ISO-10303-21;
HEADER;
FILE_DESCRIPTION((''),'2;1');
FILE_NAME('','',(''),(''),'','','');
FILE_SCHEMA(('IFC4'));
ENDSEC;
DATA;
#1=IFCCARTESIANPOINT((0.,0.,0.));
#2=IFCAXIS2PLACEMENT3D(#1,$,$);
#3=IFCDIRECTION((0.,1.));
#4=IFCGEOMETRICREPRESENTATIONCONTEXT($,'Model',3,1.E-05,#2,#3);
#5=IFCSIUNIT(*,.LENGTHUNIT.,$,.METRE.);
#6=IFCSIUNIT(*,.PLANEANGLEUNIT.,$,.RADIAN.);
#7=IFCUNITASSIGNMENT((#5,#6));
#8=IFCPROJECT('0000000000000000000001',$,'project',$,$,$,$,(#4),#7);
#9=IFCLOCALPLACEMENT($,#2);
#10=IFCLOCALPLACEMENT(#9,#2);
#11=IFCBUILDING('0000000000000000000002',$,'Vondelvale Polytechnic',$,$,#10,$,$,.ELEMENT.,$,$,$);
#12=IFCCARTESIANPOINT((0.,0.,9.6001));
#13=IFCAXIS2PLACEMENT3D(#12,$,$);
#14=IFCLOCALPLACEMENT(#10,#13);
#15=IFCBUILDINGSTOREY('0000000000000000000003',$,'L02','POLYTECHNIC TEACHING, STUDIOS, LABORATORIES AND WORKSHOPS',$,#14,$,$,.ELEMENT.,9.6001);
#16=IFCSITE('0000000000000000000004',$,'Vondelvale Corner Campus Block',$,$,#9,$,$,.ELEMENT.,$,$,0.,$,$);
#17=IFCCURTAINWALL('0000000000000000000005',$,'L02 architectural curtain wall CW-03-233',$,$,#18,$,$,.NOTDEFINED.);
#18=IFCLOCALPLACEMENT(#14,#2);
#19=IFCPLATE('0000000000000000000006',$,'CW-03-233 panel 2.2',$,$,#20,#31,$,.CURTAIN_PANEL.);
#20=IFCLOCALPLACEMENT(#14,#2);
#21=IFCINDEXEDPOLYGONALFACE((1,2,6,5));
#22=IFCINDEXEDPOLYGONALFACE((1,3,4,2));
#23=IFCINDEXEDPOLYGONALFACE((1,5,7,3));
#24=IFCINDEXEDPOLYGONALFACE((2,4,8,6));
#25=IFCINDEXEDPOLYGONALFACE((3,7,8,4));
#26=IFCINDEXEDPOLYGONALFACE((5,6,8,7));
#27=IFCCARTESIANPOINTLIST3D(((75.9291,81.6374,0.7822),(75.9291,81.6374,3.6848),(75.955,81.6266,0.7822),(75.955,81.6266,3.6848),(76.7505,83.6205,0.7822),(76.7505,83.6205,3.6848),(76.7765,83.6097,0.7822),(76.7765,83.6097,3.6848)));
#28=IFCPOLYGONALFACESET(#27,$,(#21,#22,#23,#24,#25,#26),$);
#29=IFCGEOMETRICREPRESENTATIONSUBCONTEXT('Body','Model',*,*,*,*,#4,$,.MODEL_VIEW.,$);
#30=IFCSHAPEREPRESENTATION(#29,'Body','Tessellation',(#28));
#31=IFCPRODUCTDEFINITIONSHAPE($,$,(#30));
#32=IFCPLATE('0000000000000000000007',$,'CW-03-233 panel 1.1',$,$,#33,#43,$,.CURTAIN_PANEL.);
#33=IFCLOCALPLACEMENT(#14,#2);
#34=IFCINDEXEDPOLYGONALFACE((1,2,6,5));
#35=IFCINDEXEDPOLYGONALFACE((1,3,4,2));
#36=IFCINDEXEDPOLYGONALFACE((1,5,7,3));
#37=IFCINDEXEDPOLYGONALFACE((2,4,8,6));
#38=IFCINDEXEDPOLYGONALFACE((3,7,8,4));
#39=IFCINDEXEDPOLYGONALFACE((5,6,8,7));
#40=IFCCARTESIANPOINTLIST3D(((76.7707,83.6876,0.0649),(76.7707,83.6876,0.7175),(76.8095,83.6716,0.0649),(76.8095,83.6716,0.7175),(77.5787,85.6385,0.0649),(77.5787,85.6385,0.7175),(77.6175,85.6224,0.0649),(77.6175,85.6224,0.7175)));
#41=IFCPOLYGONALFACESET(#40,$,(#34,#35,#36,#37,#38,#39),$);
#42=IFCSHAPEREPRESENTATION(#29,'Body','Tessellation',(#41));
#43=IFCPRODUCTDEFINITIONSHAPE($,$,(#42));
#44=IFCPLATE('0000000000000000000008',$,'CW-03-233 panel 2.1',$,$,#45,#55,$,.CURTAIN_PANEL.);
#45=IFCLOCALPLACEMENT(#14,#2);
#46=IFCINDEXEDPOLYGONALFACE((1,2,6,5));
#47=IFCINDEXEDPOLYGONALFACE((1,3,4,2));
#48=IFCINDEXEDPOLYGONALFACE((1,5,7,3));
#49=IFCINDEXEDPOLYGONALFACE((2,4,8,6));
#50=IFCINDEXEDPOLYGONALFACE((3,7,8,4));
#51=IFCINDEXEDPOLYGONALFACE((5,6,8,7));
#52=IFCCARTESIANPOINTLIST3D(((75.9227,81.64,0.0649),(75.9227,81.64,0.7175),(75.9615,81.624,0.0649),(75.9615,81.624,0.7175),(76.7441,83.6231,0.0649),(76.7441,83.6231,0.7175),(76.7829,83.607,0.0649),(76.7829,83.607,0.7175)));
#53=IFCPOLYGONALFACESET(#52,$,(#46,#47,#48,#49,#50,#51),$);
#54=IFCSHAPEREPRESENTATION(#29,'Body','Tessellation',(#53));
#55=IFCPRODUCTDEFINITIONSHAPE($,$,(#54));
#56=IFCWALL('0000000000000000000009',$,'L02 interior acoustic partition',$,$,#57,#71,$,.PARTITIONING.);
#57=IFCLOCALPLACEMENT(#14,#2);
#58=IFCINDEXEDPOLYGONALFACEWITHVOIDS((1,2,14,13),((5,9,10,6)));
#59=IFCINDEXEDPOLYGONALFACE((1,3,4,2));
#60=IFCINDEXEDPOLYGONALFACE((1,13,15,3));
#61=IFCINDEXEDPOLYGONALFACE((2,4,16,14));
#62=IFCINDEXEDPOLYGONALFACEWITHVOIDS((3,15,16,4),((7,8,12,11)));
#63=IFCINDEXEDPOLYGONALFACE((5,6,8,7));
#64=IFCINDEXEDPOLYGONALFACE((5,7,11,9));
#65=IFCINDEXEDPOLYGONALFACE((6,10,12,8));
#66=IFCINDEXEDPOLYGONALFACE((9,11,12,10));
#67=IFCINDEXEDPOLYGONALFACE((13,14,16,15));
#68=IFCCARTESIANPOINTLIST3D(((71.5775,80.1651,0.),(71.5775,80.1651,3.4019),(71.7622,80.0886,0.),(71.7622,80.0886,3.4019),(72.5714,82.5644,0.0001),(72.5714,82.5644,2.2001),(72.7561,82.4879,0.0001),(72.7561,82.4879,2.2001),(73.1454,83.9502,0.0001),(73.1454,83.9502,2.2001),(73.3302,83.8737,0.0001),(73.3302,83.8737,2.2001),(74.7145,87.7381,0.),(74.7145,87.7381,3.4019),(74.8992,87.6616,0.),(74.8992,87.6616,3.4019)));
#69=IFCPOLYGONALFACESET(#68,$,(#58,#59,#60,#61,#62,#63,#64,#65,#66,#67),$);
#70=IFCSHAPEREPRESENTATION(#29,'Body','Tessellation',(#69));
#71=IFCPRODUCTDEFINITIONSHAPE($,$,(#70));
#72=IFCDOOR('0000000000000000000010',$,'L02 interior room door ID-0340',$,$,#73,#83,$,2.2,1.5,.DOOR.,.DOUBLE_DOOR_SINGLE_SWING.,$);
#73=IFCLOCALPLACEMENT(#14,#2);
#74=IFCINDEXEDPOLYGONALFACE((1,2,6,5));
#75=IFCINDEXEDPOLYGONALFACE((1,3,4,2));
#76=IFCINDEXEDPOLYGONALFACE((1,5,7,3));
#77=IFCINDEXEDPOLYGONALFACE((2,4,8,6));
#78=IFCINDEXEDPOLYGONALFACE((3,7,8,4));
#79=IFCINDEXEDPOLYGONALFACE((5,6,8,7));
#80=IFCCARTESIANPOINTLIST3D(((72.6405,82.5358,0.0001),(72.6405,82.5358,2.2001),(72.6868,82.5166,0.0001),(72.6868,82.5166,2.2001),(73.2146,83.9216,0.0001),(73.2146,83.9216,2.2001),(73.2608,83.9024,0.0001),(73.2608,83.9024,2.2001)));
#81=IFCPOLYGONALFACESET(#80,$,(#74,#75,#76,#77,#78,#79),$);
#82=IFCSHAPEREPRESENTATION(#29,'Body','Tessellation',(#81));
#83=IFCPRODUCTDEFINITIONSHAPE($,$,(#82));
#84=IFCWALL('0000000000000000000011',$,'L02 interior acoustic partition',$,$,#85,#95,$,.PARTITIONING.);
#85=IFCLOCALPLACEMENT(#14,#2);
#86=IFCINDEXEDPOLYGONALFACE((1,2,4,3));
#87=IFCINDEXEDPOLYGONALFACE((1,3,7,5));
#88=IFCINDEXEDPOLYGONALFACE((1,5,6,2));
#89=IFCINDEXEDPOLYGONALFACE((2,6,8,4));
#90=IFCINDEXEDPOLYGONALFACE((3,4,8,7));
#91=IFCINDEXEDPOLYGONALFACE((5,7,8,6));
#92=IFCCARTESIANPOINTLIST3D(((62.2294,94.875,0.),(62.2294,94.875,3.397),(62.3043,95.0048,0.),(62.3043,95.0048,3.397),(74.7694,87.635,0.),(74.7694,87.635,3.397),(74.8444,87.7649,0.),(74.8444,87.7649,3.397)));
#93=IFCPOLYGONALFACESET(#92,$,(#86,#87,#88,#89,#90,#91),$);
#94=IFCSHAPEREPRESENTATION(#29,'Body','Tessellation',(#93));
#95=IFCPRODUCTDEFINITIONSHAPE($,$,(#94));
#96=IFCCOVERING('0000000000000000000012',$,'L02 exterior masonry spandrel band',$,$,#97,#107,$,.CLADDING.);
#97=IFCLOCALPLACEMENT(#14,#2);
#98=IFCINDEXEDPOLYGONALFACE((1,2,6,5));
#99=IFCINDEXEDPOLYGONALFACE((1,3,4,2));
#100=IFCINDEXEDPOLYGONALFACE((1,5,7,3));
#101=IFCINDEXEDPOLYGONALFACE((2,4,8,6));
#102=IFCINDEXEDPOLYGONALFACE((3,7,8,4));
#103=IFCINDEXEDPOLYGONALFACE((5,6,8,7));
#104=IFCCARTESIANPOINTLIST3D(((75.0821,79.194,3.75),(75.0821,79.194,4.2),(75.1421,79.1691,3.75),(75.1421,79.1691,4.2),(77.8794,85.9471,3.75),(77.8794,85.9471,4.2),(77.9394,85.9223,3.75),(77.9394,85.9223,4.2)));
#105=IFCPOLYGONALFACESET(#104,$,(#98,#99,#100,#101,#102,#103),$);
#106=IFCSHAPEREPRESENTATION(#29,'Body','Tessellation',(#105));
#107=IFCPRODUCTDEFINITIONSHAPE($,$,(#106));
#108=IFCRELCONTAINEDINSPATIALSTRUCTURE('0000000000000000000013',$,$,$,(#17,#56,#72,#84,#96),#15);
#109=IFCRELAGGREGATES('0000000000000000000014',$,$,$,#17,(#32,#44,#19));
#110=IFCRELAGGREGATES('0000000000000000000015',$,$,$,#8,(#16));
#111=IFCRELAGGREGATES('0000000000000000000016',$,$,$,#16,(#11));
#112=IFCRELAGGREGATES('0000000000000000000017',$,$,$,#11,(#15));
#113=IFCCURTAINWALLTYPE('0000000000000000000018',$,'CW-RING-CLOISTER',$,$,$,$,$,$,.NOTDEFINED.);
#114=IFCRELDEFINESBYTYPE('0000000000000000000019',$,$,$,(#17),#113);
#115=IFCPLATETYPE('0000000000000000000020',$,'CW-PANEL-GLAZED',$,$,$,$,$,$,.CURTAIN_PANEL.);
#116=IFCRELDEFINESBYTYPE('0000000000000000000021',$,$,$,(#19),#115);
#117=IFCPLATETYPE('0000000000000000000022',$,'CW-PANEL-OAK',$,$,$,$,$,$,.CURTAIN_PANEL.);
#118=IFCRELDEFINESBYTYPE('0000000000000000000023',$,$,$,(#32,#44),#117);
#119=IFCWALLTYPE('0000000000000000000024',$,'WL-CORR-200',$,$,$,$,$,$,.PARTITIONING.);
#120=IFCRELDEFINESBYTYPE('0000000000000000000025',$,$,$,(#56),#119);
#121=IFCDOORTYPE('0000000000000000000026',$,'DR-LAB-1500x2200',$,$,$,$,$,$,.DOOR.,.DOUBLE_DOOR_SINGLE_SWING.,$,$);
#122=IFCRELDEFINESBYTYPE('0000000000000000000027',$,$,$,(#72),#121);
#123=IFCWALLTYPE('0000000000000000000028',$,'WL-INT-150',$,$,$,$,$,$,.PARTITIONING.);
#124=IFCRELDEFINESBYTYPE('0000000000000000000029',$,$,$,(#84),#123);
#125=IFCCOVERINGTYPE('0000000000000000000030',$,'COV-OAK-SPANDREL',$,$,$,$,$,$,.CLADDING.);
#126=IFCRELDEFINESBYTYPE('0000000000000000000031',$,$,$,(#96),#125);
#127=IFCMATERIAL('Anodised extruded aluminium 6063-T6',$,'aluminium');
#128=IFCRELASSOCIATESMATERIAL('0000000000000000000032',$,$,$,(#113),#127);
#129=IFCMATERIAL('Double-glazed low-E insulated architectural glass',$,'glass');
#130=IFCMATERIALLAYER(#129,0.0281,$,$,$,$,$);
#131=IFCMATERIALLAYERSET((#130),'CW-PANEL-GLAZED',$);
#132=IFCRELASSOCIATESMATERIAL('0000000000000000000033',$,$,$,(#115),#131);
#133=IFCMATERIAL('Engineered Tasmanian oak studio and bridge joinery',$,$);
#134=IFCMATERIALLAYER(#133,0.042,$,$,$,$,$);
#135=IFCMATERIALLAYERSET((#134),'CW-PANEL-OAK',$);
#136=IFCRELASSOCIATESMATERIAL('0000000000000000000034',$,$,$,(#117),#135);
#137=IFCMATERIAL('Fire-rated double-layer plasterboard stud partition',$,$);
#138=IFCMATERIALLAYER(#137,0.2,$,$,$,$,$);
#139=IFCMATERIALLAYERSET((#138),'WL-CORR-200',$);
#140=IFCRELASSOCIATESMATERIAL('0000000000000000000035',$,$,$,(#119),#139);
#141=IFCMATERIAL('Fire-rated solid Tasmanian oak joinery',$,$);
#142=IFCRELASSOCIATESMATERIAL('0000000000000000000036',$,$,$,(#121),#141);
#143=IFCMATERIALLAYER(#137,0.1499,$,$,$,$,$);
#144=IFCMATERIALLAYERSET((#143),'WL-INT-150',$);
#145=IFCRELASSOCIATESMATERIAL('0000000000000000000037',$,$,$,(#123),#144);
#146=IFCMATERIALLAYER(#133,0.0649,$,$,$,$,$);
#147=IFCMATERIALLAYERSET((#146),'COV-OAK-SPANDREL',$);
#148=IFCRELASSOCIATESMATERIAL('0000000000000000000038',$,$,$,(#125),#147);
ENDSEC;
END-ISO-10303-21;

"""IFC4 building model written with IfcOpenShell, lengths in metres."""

from ifc_helpers import new_model, si_unit, direction, frame, frame_2d, origin, origin_2d, place, context, subcontext, project, spatial, rectangle, extrude, material, layer, layer_set, type_object, element, fill, aggregate, save


model = new_model("IFC4")

# Units and contexts
model_context = context("Model", 3, precision=1e-05, world=origin(), true_north=direction((0.0, 1.0)))
body_context = subcontext(model_context, "Body", "Model", "MODEL_VIEW")
ifc_project = project(units=[si_unit("LENGTHUNIT", "METRE"), si_unit("PLANEANGLEUNIT", "RADIAN")], contexts=[model_context])

# Site, building, storey
site_placement = place(None, origin())
site = spatial("IfcSite", under=ifc_project, at=site_placement, Name="Vondelvale Corner Campus Block", CompositionType="ELEMENT", RefElevation=0.0)
building_placement = place(site_placement, origin())
building = spatial("IfcBuilding", under=site, at=building_placement, Name="Vondelvale Polytechnic", CompositionType="ELEMENT")
storey_placement = place(building_placement, frame((0.0, 0.0, 9.6001)))
storey = spatial("IfcBuildingStorey", under=building, at=storey_placement, Name="L02", Description="POLYTECHNIC TEACHING, STUDIOS, LABORATORIES AND WORKSHOPS", CompositionType="ELEMENT", Elevation=9.6001)

# Curtain wall
ifc_material_1 = material(Name="Anodised extruded aluminium 6063-T6", Category="aluminium")
curtain_wall_type_1 = type_object("IfcCurtainWallType", Name="CW-RING-CLOISTER", PredefinedType="NOTDEFINED", material=ifc_material_1)
curtain_wall_1_placement = place(storey_placement, origin())
curtain_wall_1 = element("IfcCurtainWall", 1, at=curtain_wall_1_placement, inside=storey, type_object=curtain_wall_type_1, Name="L02 architectural curtain wall CW-03-233", PredefinedType="NOTDEFINED")

# Plates
ifc_material_2 = material(Name="Double-glazed low-E insulated architectural glass", Category="glass")
ifc_layer_1 = layer(ifc_material_2, 0.0281)
ifc_layer_set_1 = layer_set([ifc_layer_1], Name="CW-PANEL-GLAZED")
plate_type_1 = type_object("IfcPlateType", Name="CW-PANEL-GLAZED", PredefinedType="CURTAIN_PANEL", material=ifc_layer_set_1)
plate_1_placement = place(storey_placement, frame((76.3528, 82.6235, 0.7822), z_axis=(0.0, 0.0, 1.0), x_axis=(-0.382679, -0.923882, 0.0)))
plate_1 = element("IfcPlate", 2, at=plate_1_placement, type_object=plate_type_1, Name="CW-03-233 panel 2.2", PredefinedType="CURTAIN_PANEL", context=body_context, shape_type="SweptSolid", body=[
    extrude(rectangle(XDim=2.1465, YDim=0.0281, at=origin_2d()), origin(), (0.0, 0.0, 1.0), 2.9026),
])
ifc_material_3 = material(Name="Engineered Tasmanian oak studio and bridge joinery")
ifc_layer_2 = layer(ifc_material_3, 0.042)
ifc_layer_set_2 = layer_set([ifc_layer_2], Name="CW-PANEL-OAK")
plate_type_2 = type_object("IfcPlateType", Name="CW-PANEL-OAK", PredefinedType="CURTAIN_PANEL", material=ifc_layer_set_2)
plate_2_placement = place(storey_placement, frame((77.1941, 84.655, 0.0649), z_axis=(0.0, 0.0, 1.0), x_axis=(-0.382679, -0.923882, 0.0)))
plate_2 = element("IfcPlate", 3, at=plate_2_placement, type_object=plate_type_2, Name="CW-03-233 panel 1.1", PredefinedType="CURTAIN_PANEL", context=body_context, shape_type="SweptSolid", body=[
    extrude(rectangle(XDim=2.1116, YDim=0.042, at=origin_2d()), origin(), (0.0, 0.0, 1.0), 0.6526),
])
plate_3_placement = place(storey_placement, frame((76.3528, 82.6235, 0.0649), z_axis=(0.0, 0.0, 1.0), x_axis=(-0.382679, -0.923882, 0.0)))
plate_3 = element("IfcPlate", 4, at=plate_3_placement, type_object=plate_type_2, Name="CW-03-233 panel 2.1", PredefinedType="CURTAIN_PANEL", context=body_context, shape_type="SweptSolid", body=[
    extrude(rectangle(XDim=2.1465, YDim=0.042, at=origin_2d()), origin(), (0.0, 0.0, 1.0), 0.6526),
])
aggregate(curtain_wall_1, [plate_2, plate_3, plate_1])

# Wall, opening, door
ifc_material_4 = material(Name="Fire-rated double-layer plasterboard stud partition")
ifc_layer_3 = layer(ifc_material_4, 0.2)
ifc_layer_set_3 = layer_set([ifc_layer_3], Name="WL-CORR-200")
wall_type_1 = type_object("IfcWallType", Name="WL-CORR-200", PredefinedType="PARTITIONING", material=ifc_layer_set_3)
wall_1_placement = place(storey_placement, frame((74.8069, 87.7, 0.0), z_axis=(0.0, 0.0, 1.0), x_axis=(-0.382696, -0.923874, 0.0)))
wall_1 = element("IfcWall", 5, at=wall_1_placement, inside=storey, type_object=wall_type_1, Name="L02 interior acoustic partition", PredefinedType="PARTITIONING", context=body_context, shape_type="SweptSolid", body=[
    extrude(rectangle(XDim=8.197, YDim=0.2, at=frame_2d((4.0986, 0.0))), origin(), (0.0, 0.0, 1.0), 3.4019),
])
opening_placement = place(wall_1_placement, frame((4.1001, 0.0, 0.0)))
opening = element("IfcOpeningElement", 6, at=opening_placement, cuts=wall_1, PredefinedType="OPENING", context=body_context, shape_type="SweptSolid", body=[
    extrude(rectangle(XDim=1.5, YDim=2.2, at=frame_2d((0.75, 1.1001))), frame((0.0, 0.1099, 0.0), z_axis=(0.0, -1.0, 0.0), x_axis=(1.0, 0.0, 0.0)), (0.0, 0.0, 1.0), 0.22),
])
ifc_material_5 = material(Name="Fire-rated solid Tasmanian oak joinery")
door_type = type_object("IfcDoorType", Name="DR-LAB-1500x2200", OperationType="DOUBLE_DOOR_SINGLE_SWING", PredefinedType="DOOR", material=ifc_material_5)
door_placement = place(opening_placement, origin())
door = element("IfcDoor", 7, at=door_placement, inside=storey, type_object=door_type, Name="L02 interior room door ID-0340", OperationType="DOUBLE_DOOR_SINGLE_SWING", OverallHeight=2.2, OverallWidth=1.5, PredefinedType="DOOR", context=body_context, shape_type="SweptSolid", body=[
    extrude(rectangle(XDim=1.5, YDim=2.2, at=frame_2d((0.75, 1.1001))), frame((0.0, 0.0249, 0.0), z_axis=(0.0, -1.0, 0.0), x_axis=(1.0, 0.0, 0.0)), (0.0, 0.0, 1.0), 0.05),
])
fill(opening, door)

# Wall
ifc_layer_4 = layer(ifc_material_4, 0.1499)
ifc_layer_set_4 = layer_set([ifc_layer_4], Name="WL-INT-150")
wall_type_2 = type_object("IfcWallType", Name="WL-INT-150", PredefinedType="PARTITIONING", material=ifc_layer_set_4)
wall_2_placement = place(storey_placement, frame((74.8069, 87.7, 0.0), z_axis=(0.0, 0.0, 1.0), x_axis=(-0.866026, 0.5, 0.0)))
element("IfcWall", 8, at=wall_2_placement, inside=storey, type_object=wall_type_2, Name="L02 interior acoustic partition", PredefinedType="PARTITIONING", context=body_context, shape_type="SweptSolid", body=[
    extrude(rectangle(XDim=14.48, YDim=0.1499, at=frame_2d((7.24, 0.0))), origin(), (0.0, 0.0, 1.0), 3.397),
])

# Covering
ifc_layer_5 = layer(ifc_material_3, 0.0649)
ifc_layer_set_5 = layer_set([ifc_layer_5], Name="COV-OAK-SPANDREL")
covering_type = type_object("IfcCoveringType", Name="COV-OAK-SPANDREL", PredefinedType="CLADDING", material=ifc_layer_set_5)
covering_placement = place(storey_placement, frame((76.5107, 82.5581, 3.75), z_axis=(0.0, 0.0, 1.0), x_axis=(-0.382683, -0.92388, 0.0)))
element("IfcCovering", 9, at=covering_placement, inside=storey, type_object=covering_type, Name="L02 exterior masonry spandrel band", PredefinedType="CLADDING", context=body_context, shape_type="SweptSolid", body=[
    extrude(rectangle(XDim=7.3096, YDim=0.0649, at=origin_2d()), origin(), (0.0, 0.0, 1.0), 0.45),
])

save(model, "model.ifc")
